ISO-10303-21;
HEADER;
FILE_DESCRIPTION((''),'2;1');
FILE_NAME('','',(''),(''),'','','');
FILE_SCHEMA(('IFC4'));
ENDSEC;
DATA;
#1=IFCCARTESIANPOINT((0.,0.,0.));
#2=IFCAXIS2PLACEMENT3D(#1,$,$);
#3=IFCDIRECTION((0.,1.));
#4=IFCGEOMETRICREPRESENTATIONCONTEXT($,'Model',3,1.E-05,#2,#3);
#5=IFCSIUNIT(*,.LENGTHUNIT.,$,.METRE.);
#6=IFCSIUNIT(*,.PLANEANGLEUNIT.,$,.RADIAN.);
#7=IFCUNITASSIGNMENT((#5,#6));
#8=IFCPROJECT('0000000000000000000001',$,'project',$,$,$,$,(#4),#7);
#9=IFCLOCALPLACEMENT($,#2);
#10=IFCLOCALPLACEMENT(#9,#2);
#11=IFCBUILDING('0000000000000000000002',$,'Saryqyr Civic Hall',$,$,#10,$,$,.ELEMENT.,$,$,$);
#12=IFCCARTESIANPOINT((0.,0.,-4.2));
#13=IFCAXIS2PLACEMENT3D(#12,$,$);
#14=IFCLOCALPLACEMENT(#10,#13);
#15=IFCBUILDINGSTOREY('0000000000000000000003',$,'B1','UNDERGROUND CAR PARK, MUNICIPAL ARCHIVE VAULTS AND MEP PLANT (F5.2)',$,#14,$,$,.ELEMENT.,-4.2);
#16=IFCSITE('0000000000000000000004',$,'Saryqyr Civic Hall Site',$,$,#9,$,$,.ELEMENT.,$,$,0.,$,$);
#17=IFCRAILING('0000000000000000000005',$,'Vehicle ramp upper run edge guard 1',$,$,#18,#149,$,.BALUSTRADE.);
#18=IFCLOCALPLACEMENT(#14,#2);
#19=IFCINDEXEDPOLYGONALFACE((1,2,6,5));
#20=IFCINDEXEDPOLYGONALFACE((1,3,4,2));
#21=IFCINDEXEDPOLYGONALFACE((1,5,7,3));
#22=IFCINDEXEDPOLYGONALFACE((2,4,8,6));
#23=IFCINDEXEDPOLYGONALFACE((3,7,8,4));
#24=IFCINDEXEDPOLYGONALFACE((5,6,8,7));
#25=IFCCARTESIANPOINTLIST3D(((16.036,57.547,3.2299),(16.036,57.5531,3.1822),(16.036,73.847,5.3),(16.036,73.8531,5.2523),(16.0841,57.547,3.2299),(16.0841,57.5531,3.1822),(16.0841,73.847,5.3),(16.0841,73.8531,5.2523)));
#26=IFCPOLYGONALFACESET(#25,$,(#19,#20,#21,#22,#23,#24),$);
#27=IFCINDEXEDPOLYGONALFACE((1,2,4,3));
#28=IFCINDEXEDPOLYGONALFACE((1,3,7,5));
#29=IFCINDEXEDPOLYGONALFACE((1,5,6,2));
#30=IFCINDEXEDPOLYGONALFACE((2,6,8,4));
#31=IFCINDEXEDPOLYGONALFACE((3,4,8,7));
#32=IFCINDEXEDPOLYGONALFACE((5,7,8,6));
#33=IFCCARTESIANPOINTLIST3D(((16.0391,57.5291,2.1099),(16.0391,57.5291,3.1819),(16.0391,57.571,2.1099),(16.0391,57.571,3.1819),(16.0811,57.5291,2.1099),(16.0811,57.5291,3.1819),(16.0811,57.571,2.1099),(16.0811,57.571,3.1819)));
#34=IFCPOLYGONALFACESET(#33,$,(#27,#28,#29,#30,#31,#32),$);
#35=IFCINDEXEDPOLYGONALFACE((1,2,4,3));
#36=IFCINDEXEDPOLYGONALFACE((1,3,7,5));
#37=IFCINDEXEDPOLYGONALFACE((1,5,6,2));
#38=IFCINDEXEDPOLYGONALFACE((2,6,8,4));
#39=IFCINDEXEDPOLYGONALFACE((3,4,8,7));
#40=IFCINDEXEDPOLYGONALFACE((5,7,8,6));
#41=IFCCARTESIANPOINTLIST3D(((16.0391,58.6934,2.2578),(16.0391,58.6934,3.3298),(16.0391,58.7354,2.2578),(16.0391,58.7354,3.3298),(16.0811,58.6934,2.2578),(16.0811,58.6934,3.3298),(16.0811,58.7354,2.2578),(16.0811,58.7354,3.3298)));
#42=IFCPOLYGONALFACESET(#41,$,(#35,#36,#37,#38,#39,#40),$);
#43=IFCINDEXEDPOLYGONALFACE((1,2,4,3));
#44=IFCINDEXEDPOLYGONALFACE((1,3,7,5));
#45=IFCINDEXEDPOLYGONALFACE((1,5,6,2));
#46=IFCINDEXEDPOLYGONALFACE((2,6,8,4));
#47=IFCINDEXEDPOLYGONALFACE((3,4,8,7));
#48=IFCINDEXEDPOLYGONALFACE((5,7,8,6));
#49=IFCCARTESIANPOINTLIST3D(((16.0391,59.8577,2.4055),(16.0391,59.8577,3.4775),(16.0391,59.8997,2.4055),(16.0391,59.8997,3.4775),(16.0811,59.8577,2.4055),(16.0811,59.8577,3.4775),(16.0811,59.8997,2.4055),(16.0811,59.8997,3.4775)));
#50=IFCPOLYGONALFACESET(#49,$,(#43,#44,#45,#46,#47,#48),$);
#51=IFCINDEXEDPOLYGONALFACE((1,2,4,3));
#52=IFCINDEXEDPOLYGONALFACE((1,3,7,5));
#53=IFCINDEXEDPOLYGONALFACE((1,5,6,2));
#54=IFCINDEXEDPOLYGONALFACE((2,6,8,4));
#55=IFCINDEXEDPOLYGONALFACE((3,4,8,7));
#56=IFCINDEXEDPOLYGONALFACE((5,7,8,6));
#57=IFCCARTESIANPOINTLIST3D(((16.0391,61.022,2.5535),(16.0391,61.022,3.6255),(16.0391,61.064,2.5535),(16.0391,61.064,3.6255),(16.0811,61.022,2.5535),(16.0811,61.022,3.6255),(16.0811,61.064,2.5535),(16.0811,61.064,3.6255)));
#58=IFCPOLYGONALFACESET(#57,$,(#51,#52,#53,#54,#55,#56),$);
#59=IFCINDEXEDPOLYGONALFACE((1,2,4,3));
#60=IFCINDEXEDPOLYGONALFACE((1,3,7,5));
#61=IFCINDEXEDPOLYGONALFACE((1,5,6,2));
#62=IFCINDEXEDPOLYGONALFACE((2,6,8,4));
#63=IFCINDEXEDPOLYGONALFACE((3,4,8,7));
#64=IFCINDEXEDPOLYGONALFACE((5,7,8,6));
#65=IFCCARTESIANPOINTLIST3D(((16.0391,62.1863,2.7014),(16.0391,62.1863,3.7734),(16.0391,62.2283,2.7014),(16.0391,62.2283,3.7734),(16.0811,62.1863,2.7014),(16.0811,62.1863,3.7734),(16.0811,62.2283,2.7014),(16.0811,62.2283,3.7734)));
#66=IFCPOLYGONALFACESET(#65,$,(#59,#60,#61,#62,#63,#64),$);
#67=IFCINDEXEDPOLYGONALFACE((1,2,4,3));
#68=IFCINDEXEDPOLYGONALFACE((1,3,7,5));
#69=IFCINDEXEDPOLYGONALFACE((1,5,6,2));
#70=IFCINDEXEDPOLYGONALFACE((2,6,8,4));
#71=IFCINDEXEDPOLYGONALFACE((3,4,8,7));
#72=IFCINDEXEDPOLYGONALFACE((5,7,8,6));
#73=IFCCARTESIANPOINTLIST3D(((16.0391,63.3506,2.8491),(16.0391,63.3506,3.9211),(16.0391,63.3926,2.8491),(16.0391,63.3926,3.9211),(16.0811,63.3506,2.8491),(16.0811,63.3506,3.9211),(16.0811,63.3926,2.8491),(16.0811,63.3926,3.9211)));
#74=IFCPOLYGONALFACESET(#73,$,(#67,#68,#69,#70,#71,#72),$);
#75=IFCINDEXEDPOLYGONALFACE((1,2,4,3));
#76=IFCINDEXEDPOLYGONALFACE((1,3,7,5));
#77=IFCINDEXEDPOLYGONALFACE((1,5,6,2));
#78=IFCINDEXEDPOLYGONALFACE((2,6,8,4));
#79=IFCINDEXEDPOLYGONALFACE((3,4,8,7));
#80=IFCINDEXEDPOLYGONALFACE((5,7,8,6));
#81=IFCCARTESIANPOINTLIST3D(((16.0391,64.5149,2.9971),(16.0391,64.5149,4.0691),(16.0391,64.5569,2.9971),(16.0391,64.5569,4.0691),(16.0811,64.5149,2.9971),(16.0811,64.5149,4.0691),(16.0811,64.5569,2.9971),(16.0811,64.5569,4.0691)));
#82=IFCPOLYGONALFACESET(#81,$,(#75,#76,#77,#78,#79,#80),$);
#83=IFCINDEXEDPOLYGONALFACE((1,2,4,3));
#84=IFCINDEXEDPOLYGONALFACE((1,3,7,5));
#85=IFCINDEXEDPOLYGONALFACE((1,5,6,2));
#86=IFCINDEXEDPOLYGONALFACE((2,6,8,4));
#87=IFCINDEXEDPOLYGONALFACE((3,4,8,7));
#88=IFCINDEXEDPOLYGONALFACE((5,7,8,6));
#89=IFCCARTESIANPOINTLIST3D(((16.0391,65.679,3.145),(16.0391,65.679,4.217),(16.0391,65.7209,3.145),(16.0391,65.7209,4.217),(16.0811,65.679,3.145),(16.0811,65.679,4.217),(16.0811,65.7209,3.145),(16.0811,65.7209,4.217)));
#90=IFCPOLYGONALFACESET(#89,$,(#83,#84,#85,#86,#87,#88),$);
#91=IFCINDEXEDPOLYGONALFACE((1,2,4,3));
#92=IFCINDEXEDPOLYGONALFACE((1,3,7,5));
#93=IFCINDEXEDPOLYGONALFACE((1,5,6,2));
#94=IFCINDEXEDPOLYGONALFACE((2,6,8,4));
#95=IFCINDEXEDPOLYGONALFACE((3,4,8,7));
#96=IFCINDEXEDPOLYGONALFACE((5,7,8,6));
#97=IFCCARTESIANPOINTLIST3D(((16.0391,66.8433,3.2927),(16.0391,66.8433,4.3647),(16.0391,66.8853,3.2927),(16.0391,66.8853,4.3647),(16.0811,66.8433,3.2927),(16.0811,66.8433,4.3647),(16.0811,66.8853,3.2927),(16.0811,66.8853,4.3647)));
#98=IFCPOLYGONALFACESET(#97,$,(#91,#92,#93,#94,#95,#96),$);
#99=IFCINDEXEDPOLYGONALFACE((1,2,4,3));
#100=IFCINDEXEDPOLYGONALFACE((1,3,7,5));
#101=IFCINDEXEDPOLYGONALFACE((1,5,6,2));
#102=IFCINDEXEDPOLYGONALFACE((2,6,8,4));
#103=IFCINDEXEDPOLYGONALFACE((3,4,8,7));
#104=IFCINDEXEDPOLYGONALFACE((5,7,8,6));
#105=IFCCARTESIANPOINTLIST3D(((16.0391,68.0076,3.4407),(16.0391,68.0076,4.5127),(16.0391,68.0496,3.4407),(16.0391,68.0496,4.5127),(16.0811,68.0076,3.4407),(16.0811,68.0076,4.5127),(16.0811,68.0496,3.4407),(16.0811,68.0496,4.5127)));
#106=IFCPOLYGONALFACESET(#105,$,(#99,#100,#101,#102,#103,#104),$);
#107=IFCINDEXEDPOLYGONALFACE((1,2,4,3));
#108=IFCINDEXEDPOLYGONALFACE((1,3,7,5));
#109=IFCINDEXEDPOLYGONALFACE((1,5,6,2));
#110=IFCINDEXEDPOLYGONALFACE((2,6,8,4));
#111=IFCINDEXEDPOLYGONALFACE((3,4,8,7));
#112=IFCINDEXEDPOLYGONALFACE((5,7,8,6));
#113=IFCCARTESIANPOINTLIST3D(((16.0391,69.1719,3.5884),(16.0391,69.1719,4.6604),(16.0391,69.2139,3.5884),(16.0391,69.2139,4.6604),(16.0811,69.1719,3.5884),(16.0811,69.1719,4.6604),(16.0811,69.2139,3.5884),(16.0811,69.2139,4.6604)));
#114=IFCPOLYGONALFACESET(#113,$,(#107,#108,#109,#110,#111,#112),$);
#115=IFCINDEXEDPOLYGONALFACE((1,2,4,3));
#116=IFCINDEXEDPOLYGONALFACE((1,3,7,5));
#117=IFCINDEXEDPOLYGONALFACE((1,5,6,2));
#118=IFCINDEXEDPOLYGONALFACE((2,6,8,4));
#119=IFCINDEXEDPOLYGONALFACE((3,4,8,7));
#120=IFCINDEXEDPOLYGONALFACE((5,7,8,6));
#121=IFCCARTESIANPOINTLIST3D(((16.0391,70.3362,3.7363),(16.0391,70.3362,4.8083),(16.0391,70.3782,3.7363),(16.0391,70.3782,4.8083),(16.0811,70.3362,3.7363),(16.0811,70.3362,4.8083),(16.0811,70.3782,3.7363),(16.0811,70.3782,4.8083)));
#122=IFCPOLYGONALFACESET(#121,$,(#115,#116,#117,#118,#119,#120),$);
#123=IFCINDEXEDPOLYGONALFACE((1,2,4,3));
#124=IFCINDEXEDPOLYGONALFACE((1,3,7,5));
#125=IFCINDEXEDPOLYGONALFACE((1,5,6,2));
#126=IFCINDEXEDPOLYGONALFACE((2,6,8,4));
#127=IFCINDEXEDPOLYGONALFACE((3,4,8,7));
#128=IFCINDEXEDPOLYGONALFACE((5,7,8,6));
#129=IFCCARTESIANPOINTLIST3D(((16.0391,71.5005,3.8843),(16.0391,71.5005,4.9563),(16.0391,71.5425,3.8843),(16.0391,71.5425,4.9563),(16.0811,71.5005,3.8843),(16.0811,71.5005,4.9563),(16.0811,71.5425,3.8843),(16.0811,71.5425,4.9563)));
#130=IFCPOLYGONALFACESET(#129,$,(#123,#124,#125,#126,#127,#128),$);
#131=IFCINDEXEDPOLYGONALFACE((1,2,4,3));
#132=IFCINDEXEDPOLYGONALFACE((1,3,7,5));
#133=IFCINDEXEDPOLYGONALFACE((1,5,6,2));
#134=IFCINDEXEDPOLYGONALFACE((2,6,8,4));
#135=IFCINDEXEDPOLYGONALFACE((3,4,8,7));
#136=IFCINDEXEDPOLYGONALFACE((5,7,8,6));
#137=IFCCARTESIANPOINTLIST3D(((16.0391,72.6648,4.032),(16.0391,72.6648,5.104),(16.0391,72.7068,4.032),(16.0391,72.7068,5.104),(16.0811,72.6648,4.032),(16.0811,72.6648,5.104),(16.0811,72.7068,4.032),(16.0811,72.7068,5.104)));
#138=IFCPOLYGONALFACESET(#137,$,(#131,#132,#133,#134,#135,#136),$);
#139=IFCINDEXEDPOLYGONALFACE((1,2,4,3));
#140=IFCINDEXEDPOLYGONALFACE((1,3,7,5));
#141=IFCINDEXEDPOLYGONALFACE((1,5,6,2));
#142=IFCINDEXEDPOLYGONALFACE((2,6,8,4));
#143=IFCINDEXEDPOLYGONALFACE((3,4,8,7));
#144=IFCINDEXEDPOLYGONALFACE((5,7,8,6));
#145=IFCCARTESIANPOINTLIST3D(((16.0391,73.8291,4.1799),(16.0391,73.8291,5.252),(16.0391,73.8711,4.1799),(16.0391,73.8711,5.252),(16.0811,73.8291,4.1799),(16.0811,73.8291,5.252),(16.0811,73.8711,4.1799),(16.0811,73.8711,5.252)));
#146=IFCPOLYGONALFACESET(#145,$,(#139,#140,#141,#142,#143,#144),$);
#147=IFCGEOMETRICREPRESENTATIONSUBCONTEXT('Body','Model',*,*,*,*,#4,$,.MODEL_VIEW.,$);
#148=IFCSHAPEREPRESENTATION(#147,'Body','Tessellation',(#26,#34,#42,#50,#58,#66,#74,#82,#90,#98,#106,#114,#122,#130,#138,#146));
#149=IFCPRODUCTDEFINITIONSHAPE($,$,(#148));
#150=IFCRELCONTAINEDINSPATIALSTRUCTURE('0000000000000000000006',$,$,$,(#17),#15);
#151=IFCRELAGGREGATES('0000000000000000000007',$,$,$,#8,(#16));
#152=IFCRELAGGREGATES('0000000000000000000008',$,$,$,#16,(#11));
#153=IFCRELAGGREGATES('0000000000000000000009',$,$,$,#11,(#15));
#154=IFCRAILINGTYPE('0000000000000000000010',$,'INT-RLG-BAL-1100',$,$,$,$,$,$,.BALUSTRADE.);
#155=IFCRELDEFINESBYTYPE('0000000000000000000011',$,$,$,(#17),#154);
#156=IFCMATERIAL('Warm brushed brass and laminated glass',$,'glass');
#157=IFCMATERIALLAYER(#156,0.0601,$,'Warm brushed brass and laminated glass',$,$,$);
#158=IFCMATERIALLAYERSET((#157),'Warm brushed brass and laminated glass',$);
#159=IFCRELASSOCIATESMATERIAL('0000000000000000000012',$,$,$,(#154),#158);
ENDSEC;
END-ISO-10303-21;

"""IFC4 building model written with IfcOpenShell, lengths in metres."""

from ifc_helpers import new_model, si_unit, direction, frame, origin, origin_2d, place, context, subcontext, project, spatial, rectangle, extrude, material, layer, layer_set, type_object, element, save


model = new_model("IFC4")

# Units and contexts
model_context = context("Model", 3, precision=1e-05, world=origin(), true_north=direction((0.0, 1.0)))
body_context = subcontext(model_context, "Body", "Model", "MODEL_VIEW")
ifc_project = project(units=[si_unit("LENGTHUNIT", "METRE"), si_unit("PLANEANGLEUNIT", "RADIAN")], contexts=[model_context])

# Site, building, storey
site_placement = place(None, origin())
site = spatial("IfcSite", under=ifc_project, at=site_placement, Name="Saryqyr Civic Hall Site", CompositionType="ELEMENT", RefElevation=0.0)
building_placement = place(site_placement, origin())
building = spatial("IfcBuilding", under=site, at=building_placement, Name="Saryqyr Civic Hall", CompositionType="ELEMENT")
storey_placement = place(building_placement, frame((0.0, 0.0, -4.2)))
storey = spatial("IfcBuildingStorey", under=building, at=storey_placement, Name="B1", Description="UNDERGROUND CAR PARK, MUNICIPAL ARCHIVE VAULTS AND MEP PLANT (F5.2)", CompositionType="ELEMENT", Elevation=-4.2)

# Railing
ifc_material_1 = material(Name="Warm brushed brass and laminated glass", Category="glass")
ifc_layer_1 = layer(ifc_material_1, 0.0601, Name="Warm brushed brass and laminated glass")
ifc_layer_set_1 = layer_set([ifc_layer_1], Name="Warm brushed brass and laminated glass")
railing_type = type_object("IfcRailingType", Name="INT-RLG-BAL-1100", PredefinedType="BALUSTRADE", material=ifc_layer_set_1)
railing_1_placement = place(storey_placement, frame((16.0601, 57.55, 2.1099)))
element("IfcRailing", 1, at=railing_1_placement, inside=storey, type_object=railing_type, Name="Vehicle ramp upper run edge guard 1", PredefinedType="BALUSTRADE", context=body_context, shape_type="SweptSolid", body=[
    extrude(rectangle(XDim=0.0481, YDim=0.0481, at=origin_2d()), frame((0.0, 0.0, 1.0962), z_axis=(0.0, 0.992032, 0.125986), x_axis=(-1.0, 0.0, 0.0)), (0.0, 0.0, 1.0), 16.4309),
    extrude(rectangle(XDim=0.042, YDim=0.042, at=origin_2d()), origin(), (0.0, 0.0, 1.0), 1.072),
    extrude(rectangle(XDim=0.042, YDim=0.042, at=origin_2d()), frame((0.0, 1.1643, 0.1479)), (0.0, 0.0, 1.0), 1.072),
    extrude(rectangle(XDim=0.042, YDim=0.042, at=origin_2d()), frame((0.0, 2.3286, 0.2957)), (0.0, 0.0, 1.0), 1.072),
    extrude(rectangle(XDim=0.042, YDim=0.042, at=origin_2d()), frame((0.0, 3.4929, 0.4436)), (0.0, 0.0, 1.0), 1.072),
    extrude(rectangle(XDim=0.042, YDim=0.042, at=origin_2d()), frame((0.0, 4.6572, 0.5916)), (0.0, 0.0, 1.0), 1.072),
    extrude(rectangle(XDim=0.042, YDim=0.042, at=origin_2d()), frame((0.0, 5.8215, 0.7393)), (0.0, 0.0, 1.0), 1.072),
    extrude(rectangle(XDim=0.042, YDim=0.042, at=origin_2d()), frame((0.0, 6.9858, 0.8872)), (0.0, 0.0, 1.0), 1.072),
    extrude(rectangle(XDim=0.042, YDim=0.042, at=origin_2d()), frame((0.0, 8.1499, 1.0352)), (0.0, 0.0, 1.0), 1.072),
    extrude(rectangle(XDim=0.042, YDim=0.042, at=origin_2d()), frame((0.0, 9.3142, 1.1829)), (0.0, 0.0, 1.0), 1.072),
    extrude(rectangle(XDim=0.042, YDim=0.042, at=origin_2d()), frame((0.0, 10.4785, 1.3308)), (0.0, 0.0, 1.0), 1.072),
    extrude(rectangle(XDim=0.042, YDim=0.042, at=origin_2d()), frame((0.0, 11.6428, 1.4785)), (0.0, 0.0, 1.0), 1.072),
    extrude(rectangle(XDim=0.042, YDim=0.042, at=origin_2d()), frame((0.0, 12.8071, 1.6265)), (0.0, 0.0, 1.0), 1.072),
    extrude(rectangle(XDim=0.042, YDim=0.042, at=origin_2d()), frame((0.0, 13.9714, 1.7744)), (0.0, 0.0, 1.0), 1.072),
    extrude(rectangle(XDim=0.042, YDim=0.042, at=origin_2d()), frame((0.0, 15.1357, 1.9221)), (0.0, 0.0, 1.0), 1.072),
    extrude(rectangle(XDim=0.042, YDim=0.042, at=origin_2d()), frame((0.0, 16.3, 2.0701)), (0.0, 0.0, 1.0), 1.072),
])

save(model, "model.ifc")
